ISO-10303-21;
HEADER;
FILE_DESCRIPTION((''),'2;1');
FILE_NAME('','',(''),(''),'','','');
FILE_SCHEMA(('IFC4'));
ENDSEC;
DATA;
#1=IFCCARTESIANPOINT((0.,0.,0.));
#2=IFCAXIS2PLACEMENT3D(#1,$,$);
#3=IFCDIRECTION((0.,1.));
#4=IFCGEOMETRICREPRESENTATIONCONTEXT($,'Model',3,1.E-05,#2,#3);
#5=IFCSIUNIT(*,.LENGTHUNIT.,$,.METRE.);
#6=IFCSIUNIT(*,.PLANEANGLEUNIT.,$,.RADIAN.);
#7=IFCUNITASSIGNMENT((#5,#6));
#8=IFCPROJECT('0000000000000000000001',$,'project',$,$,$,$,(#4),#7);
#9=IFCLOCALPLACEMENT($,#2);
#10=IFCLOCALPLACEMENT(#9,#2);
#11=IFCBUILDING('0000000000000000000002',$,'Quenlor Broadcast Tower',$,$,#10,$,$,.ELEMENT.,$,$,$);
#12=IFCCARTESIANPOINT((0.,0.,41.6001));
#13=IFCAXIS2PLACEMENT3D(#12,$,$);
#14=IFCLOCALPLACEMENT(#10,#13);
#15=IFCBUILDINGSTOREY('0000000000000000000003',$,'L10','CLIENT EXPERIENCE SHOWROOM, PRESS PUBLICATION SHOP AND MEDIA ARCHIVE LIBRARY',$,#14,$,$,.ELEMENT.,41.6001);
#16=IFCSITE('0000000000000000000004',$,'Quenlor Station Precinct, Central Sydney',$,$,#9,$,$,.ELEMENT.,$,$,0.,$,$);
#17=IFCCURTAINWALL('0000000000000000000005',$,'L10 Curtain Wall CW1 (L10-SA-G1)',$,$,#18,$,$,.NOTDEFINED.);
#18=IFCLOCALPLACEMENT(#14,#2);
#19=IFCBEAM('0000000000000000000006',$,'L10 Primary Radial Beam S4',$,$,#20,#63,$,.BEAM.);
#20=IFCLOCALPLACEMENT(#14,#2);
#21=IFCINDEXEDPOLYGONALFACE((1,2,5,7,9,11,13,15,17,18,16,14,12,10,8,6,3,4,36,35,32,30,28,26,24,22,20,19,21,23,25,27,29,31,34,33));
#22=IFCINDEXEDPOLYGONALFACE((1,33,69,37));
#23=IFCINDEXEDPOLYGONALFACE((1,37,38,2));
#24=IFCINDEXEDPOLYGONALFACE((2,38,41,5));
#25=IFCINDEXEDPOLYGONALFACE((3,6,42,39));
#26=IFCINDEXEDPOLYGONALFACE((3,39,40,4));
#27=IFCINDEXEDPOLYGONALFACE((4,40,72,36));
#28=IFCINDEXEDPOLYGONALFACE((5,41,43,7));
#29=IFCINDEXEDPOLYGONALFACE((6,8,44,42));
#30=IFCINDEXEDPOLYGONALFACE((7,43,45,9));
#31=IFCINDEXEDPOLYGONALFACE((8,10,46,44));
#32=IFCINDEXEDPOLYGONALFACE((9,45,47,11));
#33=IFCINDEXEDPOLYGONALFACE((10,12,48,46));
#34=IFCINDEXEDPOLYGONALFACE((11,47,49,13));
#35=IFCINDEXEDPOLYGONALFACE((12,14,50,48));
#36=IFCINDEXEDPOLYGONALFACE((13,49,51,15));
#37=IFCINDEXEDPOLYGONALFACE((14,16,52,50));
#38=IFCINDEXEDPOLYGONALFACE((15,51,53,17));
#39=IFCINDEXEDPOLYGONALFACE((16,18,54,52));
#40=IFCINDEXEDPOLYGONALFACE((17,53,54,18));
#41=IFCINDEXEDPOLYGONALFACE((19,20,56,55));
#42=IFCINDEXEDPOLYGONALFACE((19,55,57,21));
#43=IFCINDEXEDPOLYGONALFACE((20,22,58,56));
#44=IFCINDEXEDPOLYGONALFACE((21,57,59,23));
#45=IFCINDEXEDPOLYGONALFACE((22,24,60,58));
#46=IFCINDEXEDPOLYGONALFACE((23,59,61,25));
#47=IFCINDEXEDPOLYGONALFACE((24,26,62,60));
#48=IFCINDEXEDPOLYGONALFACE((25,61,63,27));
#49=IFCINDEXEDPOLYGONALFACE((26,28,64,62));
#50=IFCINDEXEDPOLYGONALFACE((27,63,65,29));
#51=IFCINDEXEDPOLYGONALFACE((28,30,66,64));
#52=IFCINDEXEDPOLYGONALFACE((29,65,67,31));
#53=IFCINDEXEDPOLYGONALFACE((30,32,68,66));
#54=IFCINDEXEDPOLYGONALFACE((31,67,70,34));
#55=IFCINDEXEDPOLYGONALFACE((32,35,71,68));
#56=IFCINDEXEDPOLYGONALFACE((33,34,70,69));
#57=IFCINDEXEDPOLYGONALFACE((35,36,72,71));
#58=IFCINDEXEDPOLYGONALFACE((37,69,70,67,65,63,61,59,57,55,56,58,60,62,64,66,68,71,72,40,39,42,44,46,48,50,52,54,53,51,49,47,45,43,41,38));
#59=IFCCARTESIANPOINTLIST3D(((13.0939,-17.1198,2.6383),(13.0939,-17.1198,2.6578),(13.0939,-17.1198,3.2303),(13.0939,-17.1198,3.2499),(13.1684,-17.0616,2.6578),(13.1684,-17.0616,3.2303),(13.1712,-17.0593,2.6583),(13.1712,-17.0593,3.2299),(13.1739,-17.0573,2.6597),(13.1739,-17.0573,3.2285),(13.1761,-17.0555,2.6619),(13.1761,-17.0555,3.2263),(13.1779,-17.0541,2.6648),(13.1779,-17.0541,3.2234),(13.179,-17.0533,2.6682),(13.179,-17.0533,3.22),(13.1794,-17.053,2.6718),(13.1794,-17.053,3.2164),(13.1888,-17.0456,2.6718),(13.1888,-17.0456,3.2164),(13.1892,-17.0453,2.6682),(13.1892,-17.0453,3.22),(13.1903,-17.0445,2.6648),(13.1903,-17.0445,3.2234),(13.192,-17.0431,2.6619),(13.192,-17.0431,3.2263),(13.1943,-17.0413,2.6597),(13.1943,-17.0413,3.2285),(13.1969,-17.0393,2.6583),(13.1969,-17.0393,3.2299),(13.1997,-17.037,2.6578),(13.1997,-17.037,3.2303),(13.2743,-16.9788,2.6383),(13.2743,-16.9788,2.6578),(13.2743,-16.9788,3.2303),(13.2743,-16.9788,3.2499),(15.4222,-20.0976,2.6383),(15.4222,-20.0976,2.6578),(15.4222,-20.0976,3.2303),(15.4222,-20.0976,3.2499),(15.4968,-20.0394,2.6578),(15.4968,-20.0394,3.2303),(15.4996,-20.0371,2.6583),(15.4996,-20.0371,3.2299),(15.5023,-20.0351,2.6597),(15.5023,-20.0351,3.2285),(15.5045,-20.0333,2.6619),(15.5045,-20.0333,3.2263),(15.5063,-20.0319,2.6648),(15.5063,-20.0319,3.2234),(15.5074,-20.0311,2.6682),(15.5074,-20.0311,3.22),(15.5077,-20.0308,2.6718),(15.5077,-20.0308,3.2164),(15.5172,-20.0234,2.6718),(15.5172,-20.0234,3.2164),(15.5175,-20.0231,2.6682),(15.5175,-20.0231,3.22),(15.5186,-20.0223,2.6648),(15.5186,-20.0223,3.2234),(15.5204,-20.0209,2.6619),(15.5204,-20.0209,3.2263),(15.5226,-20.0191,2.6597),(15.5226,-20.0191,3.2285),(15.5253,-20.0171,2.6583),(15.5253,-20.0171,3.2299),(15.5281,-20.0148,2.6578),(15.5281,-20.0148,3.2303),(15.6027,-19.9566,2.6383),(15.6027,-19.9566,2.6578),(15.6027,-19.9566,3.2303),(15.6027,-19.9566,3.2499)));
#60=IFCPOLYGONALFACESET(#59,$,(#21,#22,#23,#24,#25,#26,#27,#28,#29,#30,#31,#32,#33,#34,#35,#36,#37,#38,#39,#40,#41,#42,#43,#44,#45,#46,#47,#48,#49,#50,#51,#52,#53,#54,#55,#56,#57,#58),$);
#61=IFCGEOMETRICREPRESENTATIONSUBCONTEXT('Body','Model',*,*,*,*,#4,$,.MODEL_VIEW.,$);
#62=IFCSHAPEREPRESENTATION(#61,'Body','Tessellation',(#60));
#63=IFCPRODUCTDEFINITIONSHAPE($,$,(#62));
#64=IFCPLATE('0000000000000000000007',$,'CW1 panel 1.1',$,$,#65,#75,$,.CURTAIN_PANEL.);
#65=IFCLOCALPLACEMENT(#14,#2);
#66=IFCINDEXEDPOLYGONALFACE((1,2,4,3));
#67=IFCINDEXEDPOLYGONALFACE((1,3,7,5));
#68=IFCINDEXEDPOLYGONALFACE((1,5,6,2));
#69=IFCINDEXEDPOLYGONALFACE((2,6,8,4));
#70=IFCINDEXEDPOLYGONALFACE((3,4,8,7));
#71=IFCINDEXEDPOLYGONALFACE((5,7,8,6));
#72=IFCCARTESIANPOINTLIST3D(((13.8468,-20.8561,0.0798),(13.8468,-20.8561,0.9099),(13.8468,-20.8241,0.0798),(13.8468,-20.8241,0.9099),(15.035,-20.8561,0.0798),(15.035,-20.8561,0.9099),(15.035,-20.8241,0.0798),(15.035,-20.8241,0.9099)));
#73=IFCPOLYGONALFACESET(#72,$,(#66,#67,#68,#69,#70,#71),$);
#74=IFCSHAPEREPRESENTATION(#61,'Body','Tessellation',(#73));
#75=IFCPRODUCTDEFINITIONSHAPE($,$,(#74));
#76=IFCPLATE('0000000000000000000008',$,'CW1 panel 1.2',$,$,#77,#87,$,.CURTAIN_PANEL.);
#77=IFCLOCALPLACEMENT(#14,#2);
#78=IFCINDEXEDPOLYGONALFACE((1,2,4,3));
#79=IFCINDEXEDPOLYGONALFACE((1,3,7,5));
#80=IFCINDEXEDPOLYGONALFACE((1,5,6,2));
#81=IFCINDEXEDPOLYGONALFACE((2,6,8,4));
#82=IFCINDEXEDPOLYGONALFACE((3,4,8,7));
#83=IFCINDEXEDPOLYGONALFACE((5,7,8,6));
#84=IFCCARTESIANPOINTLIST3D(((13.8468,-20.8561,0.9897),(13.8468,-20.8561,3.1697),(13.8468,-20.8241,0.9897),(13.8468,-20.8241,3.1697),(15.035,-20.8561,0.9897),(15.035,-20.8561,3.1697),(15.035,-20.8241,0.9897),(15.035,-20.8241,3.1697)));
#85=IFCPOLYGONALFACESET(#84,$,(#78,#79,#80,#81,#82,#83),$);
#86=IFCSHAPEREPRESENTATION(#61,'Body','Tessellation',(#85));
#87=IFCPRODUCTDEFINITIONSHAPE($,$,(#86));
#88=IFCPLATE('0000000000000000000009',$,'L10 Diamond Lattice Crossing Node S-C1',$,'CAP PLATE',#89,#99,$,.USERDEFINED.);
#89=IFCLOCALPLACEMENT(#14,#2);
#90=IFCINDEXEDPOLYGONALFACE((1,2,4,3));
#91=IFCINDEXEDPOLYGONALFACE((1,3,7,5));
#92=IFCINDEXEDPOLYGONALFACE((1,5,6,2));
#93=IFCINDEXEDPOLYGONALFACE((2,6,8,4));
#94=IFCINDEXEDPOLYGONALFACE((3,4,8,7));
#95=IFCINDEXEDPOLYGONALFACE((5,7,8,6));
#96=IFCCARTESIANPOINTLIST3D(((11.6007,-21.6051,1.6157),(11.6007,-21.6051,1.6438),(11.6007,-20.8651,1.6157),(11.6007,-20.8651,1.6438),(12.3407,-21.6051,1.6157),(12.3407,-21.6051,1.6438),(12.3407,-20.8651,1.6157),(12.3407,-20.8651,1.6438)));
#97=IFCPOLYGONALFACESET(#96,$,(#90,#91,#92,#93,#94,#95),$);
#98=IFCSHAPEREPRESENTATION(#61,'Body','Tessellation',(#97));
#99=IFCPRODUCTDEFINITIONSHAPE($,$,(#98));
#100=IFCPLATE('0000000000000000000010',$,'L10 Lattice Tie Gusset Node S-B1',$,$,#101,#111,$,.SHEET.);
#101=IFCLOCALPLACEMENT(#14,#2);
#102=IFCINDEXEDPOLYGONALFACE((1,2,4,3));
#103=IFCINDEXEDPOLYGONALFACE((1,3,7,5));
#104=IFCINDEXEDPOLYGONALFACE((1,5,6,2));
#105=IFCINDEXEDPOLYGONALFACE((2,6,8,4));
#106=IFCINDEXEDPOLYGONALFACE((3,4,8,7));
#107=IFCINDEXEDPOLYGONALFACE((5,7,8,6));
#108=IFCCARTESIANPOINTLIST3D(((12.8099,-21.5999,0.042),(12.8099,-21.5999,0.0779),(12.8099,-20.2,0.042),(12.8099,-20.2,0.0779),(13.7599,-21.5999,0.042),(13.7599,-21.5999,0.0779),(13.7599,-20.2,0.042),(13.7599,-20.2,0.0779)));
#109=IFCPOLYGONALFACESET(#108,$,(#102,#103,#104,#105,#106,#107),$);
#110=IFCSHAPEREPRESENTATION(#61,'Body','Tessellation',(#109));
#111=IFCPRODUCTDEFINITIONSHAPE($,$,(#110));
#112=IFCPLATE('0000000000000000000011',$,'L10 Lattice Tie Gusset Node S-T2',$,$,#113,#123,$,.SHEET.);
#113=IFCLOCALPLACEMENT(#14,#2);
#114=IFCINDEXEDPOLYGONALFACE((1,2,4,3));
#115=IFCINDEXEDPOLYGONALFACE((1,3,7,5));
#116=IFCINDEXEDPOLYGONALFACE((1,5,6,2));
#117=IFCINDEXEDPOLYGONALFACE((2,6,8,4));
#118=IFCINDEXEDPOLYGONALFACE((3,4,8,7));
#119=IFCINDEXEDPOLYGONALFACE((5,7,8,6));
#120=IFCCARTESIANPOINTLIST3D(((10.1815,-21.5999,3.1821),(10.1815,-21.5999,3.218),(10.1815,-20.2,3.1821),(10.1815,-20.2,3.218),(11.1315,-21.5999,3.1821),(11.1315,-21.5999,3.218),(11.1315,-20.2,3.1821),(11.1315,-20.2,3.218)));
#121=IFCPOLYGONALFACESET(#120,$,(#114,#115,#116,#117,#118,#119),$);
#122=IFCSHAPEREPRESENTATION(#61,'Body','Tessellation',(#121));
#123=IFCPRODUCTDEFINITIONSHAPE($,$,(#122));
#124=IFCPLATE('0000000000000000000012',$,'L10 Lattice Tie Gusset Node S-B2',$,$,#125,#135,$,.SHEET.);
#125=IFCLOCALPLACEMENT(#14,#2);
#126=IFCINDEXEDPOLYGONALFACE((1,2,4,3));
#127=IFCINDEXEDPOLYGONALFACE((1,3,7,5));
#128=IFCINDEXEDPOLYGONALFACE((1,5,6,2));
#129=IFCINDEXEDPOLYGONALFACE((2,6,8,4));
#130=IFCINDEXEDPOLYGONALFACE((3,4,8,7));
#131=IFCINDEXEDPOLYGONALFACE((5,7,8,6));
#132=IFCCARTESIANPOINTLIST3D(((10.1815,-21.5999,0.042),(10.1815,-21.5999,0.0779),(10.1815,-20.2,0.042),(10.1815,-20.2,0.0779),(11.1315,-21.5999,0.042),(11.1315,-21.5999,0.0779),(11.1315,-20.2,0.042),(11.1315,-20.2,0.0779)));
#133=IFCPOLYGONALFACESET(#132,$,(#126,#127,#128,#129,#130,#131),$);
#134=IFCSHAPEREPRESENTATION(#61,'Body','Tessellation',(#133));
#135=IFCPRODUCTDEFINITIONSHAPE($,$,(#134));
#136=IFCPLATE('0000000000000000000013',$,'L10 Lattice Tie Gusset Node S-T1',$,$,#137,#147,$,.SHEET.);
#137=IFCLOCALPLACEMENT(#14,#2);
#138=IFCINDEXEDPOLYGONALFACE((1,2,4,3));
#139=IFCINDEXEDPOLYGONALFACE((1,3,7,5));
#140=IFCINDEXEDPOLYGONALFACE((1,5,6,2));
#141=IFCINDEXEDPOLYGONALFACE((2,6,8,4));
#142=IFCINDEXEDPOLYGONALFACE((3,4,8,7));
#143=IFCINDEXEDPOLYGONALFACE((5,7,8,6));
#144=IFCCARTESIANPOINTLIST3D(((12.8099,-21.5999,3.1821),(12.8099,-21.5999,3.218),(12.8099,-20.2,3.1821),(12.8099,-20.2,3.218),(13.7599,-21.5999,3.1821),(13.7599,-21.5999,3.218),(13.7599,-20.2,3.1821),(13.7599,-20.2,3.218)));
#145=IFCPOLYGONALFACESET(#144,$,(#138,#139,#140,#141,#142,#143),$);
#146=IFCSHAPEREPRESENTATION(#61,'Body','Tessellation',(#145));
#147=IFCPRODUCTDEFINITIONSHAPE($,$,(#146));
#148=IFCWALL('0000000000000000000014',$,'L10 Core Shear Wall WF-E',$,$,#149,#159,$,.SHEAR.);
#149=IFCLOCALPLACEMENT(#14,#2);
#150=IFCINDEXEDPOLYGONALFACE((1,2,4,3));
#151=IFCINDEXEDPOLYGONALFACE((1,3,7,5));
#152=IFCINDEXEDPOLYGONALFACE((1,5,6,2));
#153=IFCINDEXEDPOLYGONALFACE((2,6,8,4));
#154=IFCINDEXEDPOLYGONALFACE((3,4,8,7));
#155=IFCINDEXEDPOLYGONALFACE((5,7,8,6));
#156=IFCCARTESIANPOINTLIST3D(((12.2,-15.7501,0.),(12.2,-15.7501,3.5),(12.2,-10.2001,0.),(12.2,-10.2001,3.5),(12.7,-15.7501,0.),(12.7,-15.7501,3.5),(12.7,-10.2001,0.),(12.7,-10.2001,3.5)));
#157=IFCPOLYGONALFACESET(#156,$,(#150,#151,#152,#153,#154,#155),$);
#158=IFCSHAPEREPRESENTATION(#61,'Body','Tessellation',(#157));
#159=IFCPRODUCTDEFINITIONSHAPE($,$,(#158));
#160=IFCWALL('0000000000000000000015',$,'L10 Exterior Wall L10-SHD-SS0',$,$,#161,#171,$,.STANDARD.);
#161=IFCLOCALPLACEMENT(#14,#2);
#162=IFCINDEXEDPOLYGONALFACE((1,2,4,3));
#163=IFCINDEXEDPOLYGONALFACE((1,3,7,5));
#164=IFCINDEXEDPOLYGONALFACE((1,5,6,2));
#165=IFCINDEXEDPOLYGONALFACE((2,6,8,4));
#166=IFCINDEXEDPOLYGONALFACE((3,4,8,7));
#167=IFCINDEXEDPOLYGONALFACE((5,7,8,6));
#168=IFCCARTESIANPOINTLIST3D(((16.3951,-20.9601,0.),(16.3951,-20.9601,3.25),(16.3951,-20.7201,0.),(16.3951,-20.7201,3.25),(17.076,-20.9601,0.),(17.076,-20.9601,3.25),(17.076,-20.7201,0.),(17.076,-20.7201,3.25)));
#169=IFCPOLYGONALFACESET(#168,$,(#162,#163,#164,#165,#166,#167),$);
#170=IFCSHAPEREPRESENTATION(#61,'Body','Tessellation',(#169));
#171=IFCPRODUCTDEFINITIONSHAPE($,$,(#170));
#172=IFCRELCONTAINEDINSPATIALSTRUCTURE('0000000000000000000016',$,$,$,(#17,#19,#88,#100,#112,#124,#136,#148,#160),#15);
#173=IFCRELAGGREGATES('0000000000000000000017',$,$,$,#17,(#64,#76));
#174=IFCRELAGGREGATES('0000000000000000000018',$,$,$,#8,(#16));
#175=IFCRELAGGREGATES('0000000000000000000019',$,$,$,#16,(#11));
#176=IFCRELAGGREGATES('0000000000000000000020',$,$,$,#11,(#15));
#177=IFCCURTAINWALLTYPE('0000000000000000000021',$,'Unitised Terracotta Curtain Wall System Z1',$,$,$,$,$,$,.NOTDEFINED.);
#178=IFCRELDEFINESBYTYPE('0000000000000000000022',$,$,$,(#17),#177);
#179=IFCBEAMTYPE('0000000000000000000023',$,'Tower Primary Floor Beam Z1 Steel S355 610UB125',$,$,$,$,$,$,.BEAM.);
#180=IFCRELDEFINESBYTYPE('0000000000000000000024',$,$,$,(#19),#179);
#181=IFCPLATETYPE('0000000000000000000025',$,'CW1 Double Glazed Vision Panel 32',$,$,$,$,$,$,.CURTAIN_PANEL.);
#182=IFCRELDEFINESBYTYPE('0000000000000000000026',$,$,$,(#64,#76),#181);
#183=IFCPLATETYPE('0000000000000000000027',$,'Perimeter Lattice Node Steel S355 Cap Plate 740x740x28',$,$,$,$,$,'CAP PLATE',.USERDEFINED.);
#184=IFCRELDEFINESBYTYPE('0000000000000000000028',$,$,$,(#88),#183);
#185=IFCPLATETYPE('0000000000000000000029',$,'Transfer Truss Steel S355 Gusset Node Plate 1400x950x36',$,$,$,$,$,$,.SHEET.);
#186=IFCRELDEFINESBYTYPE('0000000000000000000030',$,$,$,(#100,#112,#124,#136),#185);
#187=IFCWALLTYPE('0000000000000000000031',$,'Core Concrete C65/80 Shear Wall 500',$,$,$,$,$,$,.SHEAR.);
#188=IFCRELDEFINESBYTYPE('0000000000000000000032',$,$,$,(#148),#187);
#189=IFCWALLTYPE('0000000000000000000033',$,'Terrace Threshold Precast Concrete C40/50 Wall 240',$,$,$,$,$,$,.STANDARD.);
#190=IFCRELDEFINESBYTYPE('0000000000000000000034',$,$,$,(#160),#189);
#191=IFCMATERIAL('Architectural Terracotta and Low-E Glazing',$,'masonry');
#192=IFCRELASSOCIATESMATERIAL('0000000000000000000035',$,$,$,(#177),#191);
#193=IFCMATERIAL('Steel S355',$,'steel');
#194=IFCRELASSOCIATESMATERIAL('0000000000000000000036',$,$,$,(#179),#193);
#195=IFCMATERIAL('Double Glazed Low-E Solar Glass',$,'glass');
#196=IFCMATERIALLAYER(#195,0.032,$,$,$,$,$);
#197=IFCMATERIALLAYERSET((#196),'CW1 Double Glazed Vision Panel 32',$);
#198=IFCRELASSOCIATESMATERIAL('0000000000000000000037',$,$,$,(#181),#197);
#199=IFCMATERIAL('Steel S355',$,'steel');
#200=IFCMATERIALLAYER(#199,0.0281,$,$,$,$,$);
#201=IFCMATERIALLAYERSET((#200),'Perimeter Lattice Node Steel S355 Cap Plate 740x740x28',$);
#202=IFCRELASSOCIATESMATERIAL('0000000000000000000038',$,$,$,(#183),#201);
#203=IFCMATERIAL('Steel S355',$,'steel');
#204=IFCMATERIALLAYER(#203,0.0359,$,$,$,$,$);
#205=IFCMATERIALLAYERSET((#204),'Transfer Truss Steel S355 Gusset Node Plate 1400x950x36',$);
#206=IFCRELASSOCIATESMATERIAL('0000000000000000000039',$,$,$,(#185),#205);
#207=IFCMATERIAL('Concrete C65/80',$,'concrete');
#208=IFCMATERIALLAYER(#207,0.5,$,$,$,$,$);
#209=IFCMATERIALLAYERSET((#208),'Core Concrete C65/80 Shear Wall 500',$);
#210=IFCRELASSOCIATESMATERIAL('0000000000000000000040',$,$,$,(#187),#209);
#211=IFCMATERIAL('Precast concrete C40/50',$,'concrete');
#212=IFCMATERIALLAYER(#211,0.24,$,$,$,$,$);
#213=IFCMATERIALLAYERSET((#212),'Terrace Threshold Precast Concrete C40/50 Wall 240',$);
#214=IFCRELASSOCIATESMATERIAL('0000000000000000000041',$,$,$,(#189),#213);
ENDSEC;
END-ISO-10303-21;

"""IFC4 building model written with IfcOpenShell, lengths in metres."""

from ifc_helpers import new_model, si_unit, direction, frame, frame_2d, origin, origin_2d, place, context, subcontext, project, spatial, rectangle, i_section, extrude, material, layer, layer_set, material_profile, profile_set, type_object, element, aggregate, save


model = new_model("IFC4")

# Units and contexts
model_context = context("Model", 3, precision=1e-05, world=origin(), true_north=direction((0.0, 1.0)))
body_context = subcontext(model_context, "Body", "Model", "MODEL_VIEW")
ifc_project = project(units=[si_unit("LENGTHUNIT", "METRE"), si_unit("PLANEANGLEUNIT", "RADIAN")], contexts=[model_context])

# Site, building, storey
site_placement = place(None, origin())
site = spatial("IfcSite", under=ifc_project, at=site_placement, Name="Quenlor Station Precinct, Central Sydney", CompositionType="ELEMENT", RefElevation=0.0)
building_placement = place(site_placement, origin())
building = spatial("IfcBuilding", under=site, at=building_placement, Name="Quenlor Broadcast Tower", CompositionType="ELEMENT")
storey_placement = place(building_placement, frame((0.0, 0.0, 41.6001)))
storey = spatial("IfcBuildingStorey", under=building, at=storey_placement, Name="L10", Description="CLIENT EXPERIENCE SHOWROOM, PRESS PUBLICATION SHOP AND MEDIA ARCHIVE LIBRARY", CompositionType="ELEMENT", Elevation=41.6001)

# Curtain wall
ifc_material_1 = material(Name="Architectural Terracotta and Low-E Glazing", Category="masonry")
curtain_wall_type = type_object("IfcCurtainWallType", Name="Unitised Terracotta Curtain Wall System Z1", PredefinedType="NOTDEFINED", material=ifc_material_1)
curtain_wall_1_placement = place(storey_placement, origin())
curtain_wall_1 = element("IfcCurtainWall", 1, at=curtain_wall_1_placement, inside=storey, type_object=curtain_wall_type, Name="L10 Curtain Wall CW1 (L10-SA-G1)", PredefinedType="NOTDEFINED")

# Beam
ifc_material_2 = material(Name="Steel S355", Category="steel")
ifc_material_profile_1 = material_profile(ifc_material_2, i_section(OverallWidth=0.229, OverallDepth=0.6116, WebThickness=0.012, FlangeThickness=0.0195, FilletRadius=0.0139, at=origin_2d()))
ifc_profile_set_1 = profile_set([ifc_material_profile_1], Name="Steel S355 610UB125")
beam_type_1 = type_object("IfcBeamType", Name="Tower Primary Floor Beam Z1 Steel S355 610UB125", PredefinedType="BEAM", material=ifc_profile_set_1)
beam_1_placement = place(storey_placement, frame((15.5125, -20.0271, 2.9441), z_axis=(-0.615969, 0.787771, 0.0), x_axis=(-0.787771, -0.615969, 0.0)))
element("IfcBeam", 2, at=beam_1_placement, inside=storey, type_object=beam_type_1, Name="L10 Primary Radial Beam S4", PredefinedType="BEAM", context=body_context, shape_type="SweptSolid", body=[
    extrude(i_section(OverallWidth=0.229, OverallDepth=0.6116, WebThickness=0.012, FlangeThickness=0.0195, FilletRadius=0.0139, at=origin_2d()), origin(), (0.0, 0.0, 1.0), 3.78),
])

# Plates
ifc_material_3 = material(Name="Double Glazed Low-E Solar Glass", Category="glass")
ifc_layer_1 = layer(ifc_material_3, 0.032)
ifc_layer_set_1 = layer_set([ifc_layer_1], Name="CW1 Double Glazed Vision Panel 32")
plate_type_1 = type_object("IfcPlateType", Name="CW1 Double Glazed Vision Panel 32", PredefinedType="CURTAIN_PANEL", material=ifc_layer_set_1)
plate_1_placement = place(storey_placement, frame((14.4409, -20.8401, 0.0798), z_axis=(0.0, 0.0, 1.0), x_axis=(-1.0, 0.0, 0.0)))
plate_1 = element("IfcPlate", 3, at=plate_1_placement, type_object=plate_type_1, Name="CW1 panel 1.1", PredefinedType="CURTAIN_PANEL", context=body_context, shape_type="SweptSolid", body=[
    extrude(rectangle(XDim=1.1882, YDim=0.032, at=origin_2d()), origin(), (0.0, 0.0, 1.0), 0.8301),
])
plate_2_placement = place(storey_placement, frame((14.4409, -20.8401, 0.9897), z_axis=(0.0, 0.0, 1.0), x_axis=(-1.0, 0.0, 0.0)))
plate_2 = element("IfcPlate", 4, at=plate_2_placement, type_object=plate_type_1, Name="CW1 panel 1.2", PredefinedType="CURTAIN_PANEL", context=body_context, shape_type="SweptSolid", body=[
    extrude(rectangle(XDim=1.1882, YDim=0.032, at=origin_2d()), origin(), (0.0, 0.0, 1.0), 2.1799),
])
aggregate(curtain_wall_1, [plate_1, plate_2])

# Plates
ifc_material_4 = material(Name="Steel S355", Category="steel")
ifc_layer_2 = layer(ifc_material_4, 0.0281)
ifc_layer_set_2 = layer_set([ifc_layer_2], Name="Perimeter Lattice Node Steel S355 Cap Plate 740x740x28")
plate_type_2 = type_object("IfcPlateType", Name="Perimeter Lattice Node Steel S355 Cap Plate 740x740x28", ElementType="CAP PLATE", PredefinedType="USERDEFINED", material=ifc_layer_set_2)
plate_3_placement = place(storey_placement, frame((11.9707, -21.2351, 1.6157), z_axis=(0.0, 0.0, 1.0), x_axis=(-1.0, 0.0, 0.0)))
element("IfcPlate", 5, at=plate_3_placement, inside=storey, type_object=plate_type_2, Name="L10 Diamond Lattice Crossing Node S-C1", ObjectType="CAP PLATE", PredefinedType="USERDEFINED", context=body_context, shape_type="SweptSolid", body=[
    extrude(rectangle(XDim=0.74, YDim=0.74, at=origin_2d()), origin(), (0.0, 0.0, 1.0), 0.0281),
])
ifc_material_5 = material(Name="Steel S355", Category="steel")
ifc_layer_3 = layer(ifc_material_5, 0.0359)
ifc_layer_set_3 = layer_set([ifc_layer_3], Name="Transfer Truss Steel S355 Gusset Node Plate 1400x950x36")
plate_type_3 = type_object("IfcPlateType", Name="Transfer Truss Steel S355 Gusset Node Plate 1400x950x36", PredefinedType="SHEET", material=ifc_layer_set_3)
for number, where, z_axis, x_axis, name in (
    (6, (13.2849, -20.8999, 0.042), (0.0, 0.0, 1.0), (0.0, -1.0, 0.0), "L10 Lattice Tie Gusset Node S-B1"),
    (7, (10.6565, -20.8999, 3.1821), (0.0, 0.0, 1.0), (0.0, -1.0, 0.0), "L10 Lattice Tie Gusset Node S-T2"),
    (8, (10.6565, -20.8999, 0.042), (0.0, 0.0, 1.0), (0.0, -1.0, 0.0), "L10 Lattice Tie Gusset Node S-B2"),
    (9, (13.2849, -20.8999, 3.1821), (0.0, 0.0, 1.0), (0.0, -1.0, 0.0), "L10 Lattice Tie Gusset Node S-T1"),
):
    element("IfcPlate", number, at=place(storey_placement, frame(where, z_axis=z_axis, x_axis=x_axis)), inside=storey, type_object=plate_type_3, Name=name, PredefinedType="SHEET", context=body_context, shape_type="SweptSolid", body=[
        extrude(rectangle(XDim=1.3999, YDim=0.95, at=origin_2d()), origin(), (0.0, 0.0, 1.0), 0.0359),
    ])

# Walls
ifc_material_6 = material(Name="Concrete C65/80", Category="concrete")
ifc_layer_4 = layer(ifc_material_6, 0.5)
ifc_layer_set_4 = layer_set([ifc_layer_4], Name="Core Concrete C65/80 Shear Wall 500")
wall_type_1 = type_object("IfcWallType", Name="Core Concrete C65/80 Shear Wall 500", PredefinedType="SHEAR", material=ifc_layer_set_4)
wall_1_placement = place(storey_placement, frame((12.45, -15.75, 0.0), z_axis=(0.0, 0.0, 1.0), x_axis=(0.0, 1.0, 0.0)))
element("IfcWall", 10, at=wall_1_placement, inside=storey, type_object=wall_type_1, Name="L10 Core Shear Wall WF-E", PredefinedType="SHEAR", context=body_context, shape_type="SweptSolid", body=[
    extrude(rectangle(XDim=5.55, YDim=0.5, at=frame_2d((2.7749, 0.0))), origin(), (0.0, 0.0, 1.0), 3.5),
])
ifc_material_7 = material(Name="Precast concrete C40/50", Category="concrete")
ifc_layer_5 = layer(ifc_material_7, 0.24)
ifc_layer_set_5 = layer_set([ifc_layer_5], Name="Terrace Threshold Precast Concrete C40/50 Wall 240")
wall_type_2 = type_object("IfcWallType", Name="Terrace Threshold Precast Concrete C40/50 Wall 240", PredefinedType="STANDARD", material=ifc_layer_set_5)
wall_2_placement = place(storey_placement, frame((17.0759, -20.8401, 0.0), z_axis=(0.0, 0.0, 1.0), x_axis=(-1.0, 0.0, 0.0)))
element("IfcWall", 11, at=wall_2_placement, inside=storey, type_object=wall_type_2, Name="L10 Exterior Wall L10-SHD-SS0", PredefinedType="STANDARD", context=body_context, shape_type="SweptSolid", body=[
    extrude(rectangle(XDim=0.6809, YDim=0.24, at=frame_2d((0.3403, 0.0))), origin(), (0.0, 0.0, 1.0), 3.25),
])

save(model, "model.ifc")
